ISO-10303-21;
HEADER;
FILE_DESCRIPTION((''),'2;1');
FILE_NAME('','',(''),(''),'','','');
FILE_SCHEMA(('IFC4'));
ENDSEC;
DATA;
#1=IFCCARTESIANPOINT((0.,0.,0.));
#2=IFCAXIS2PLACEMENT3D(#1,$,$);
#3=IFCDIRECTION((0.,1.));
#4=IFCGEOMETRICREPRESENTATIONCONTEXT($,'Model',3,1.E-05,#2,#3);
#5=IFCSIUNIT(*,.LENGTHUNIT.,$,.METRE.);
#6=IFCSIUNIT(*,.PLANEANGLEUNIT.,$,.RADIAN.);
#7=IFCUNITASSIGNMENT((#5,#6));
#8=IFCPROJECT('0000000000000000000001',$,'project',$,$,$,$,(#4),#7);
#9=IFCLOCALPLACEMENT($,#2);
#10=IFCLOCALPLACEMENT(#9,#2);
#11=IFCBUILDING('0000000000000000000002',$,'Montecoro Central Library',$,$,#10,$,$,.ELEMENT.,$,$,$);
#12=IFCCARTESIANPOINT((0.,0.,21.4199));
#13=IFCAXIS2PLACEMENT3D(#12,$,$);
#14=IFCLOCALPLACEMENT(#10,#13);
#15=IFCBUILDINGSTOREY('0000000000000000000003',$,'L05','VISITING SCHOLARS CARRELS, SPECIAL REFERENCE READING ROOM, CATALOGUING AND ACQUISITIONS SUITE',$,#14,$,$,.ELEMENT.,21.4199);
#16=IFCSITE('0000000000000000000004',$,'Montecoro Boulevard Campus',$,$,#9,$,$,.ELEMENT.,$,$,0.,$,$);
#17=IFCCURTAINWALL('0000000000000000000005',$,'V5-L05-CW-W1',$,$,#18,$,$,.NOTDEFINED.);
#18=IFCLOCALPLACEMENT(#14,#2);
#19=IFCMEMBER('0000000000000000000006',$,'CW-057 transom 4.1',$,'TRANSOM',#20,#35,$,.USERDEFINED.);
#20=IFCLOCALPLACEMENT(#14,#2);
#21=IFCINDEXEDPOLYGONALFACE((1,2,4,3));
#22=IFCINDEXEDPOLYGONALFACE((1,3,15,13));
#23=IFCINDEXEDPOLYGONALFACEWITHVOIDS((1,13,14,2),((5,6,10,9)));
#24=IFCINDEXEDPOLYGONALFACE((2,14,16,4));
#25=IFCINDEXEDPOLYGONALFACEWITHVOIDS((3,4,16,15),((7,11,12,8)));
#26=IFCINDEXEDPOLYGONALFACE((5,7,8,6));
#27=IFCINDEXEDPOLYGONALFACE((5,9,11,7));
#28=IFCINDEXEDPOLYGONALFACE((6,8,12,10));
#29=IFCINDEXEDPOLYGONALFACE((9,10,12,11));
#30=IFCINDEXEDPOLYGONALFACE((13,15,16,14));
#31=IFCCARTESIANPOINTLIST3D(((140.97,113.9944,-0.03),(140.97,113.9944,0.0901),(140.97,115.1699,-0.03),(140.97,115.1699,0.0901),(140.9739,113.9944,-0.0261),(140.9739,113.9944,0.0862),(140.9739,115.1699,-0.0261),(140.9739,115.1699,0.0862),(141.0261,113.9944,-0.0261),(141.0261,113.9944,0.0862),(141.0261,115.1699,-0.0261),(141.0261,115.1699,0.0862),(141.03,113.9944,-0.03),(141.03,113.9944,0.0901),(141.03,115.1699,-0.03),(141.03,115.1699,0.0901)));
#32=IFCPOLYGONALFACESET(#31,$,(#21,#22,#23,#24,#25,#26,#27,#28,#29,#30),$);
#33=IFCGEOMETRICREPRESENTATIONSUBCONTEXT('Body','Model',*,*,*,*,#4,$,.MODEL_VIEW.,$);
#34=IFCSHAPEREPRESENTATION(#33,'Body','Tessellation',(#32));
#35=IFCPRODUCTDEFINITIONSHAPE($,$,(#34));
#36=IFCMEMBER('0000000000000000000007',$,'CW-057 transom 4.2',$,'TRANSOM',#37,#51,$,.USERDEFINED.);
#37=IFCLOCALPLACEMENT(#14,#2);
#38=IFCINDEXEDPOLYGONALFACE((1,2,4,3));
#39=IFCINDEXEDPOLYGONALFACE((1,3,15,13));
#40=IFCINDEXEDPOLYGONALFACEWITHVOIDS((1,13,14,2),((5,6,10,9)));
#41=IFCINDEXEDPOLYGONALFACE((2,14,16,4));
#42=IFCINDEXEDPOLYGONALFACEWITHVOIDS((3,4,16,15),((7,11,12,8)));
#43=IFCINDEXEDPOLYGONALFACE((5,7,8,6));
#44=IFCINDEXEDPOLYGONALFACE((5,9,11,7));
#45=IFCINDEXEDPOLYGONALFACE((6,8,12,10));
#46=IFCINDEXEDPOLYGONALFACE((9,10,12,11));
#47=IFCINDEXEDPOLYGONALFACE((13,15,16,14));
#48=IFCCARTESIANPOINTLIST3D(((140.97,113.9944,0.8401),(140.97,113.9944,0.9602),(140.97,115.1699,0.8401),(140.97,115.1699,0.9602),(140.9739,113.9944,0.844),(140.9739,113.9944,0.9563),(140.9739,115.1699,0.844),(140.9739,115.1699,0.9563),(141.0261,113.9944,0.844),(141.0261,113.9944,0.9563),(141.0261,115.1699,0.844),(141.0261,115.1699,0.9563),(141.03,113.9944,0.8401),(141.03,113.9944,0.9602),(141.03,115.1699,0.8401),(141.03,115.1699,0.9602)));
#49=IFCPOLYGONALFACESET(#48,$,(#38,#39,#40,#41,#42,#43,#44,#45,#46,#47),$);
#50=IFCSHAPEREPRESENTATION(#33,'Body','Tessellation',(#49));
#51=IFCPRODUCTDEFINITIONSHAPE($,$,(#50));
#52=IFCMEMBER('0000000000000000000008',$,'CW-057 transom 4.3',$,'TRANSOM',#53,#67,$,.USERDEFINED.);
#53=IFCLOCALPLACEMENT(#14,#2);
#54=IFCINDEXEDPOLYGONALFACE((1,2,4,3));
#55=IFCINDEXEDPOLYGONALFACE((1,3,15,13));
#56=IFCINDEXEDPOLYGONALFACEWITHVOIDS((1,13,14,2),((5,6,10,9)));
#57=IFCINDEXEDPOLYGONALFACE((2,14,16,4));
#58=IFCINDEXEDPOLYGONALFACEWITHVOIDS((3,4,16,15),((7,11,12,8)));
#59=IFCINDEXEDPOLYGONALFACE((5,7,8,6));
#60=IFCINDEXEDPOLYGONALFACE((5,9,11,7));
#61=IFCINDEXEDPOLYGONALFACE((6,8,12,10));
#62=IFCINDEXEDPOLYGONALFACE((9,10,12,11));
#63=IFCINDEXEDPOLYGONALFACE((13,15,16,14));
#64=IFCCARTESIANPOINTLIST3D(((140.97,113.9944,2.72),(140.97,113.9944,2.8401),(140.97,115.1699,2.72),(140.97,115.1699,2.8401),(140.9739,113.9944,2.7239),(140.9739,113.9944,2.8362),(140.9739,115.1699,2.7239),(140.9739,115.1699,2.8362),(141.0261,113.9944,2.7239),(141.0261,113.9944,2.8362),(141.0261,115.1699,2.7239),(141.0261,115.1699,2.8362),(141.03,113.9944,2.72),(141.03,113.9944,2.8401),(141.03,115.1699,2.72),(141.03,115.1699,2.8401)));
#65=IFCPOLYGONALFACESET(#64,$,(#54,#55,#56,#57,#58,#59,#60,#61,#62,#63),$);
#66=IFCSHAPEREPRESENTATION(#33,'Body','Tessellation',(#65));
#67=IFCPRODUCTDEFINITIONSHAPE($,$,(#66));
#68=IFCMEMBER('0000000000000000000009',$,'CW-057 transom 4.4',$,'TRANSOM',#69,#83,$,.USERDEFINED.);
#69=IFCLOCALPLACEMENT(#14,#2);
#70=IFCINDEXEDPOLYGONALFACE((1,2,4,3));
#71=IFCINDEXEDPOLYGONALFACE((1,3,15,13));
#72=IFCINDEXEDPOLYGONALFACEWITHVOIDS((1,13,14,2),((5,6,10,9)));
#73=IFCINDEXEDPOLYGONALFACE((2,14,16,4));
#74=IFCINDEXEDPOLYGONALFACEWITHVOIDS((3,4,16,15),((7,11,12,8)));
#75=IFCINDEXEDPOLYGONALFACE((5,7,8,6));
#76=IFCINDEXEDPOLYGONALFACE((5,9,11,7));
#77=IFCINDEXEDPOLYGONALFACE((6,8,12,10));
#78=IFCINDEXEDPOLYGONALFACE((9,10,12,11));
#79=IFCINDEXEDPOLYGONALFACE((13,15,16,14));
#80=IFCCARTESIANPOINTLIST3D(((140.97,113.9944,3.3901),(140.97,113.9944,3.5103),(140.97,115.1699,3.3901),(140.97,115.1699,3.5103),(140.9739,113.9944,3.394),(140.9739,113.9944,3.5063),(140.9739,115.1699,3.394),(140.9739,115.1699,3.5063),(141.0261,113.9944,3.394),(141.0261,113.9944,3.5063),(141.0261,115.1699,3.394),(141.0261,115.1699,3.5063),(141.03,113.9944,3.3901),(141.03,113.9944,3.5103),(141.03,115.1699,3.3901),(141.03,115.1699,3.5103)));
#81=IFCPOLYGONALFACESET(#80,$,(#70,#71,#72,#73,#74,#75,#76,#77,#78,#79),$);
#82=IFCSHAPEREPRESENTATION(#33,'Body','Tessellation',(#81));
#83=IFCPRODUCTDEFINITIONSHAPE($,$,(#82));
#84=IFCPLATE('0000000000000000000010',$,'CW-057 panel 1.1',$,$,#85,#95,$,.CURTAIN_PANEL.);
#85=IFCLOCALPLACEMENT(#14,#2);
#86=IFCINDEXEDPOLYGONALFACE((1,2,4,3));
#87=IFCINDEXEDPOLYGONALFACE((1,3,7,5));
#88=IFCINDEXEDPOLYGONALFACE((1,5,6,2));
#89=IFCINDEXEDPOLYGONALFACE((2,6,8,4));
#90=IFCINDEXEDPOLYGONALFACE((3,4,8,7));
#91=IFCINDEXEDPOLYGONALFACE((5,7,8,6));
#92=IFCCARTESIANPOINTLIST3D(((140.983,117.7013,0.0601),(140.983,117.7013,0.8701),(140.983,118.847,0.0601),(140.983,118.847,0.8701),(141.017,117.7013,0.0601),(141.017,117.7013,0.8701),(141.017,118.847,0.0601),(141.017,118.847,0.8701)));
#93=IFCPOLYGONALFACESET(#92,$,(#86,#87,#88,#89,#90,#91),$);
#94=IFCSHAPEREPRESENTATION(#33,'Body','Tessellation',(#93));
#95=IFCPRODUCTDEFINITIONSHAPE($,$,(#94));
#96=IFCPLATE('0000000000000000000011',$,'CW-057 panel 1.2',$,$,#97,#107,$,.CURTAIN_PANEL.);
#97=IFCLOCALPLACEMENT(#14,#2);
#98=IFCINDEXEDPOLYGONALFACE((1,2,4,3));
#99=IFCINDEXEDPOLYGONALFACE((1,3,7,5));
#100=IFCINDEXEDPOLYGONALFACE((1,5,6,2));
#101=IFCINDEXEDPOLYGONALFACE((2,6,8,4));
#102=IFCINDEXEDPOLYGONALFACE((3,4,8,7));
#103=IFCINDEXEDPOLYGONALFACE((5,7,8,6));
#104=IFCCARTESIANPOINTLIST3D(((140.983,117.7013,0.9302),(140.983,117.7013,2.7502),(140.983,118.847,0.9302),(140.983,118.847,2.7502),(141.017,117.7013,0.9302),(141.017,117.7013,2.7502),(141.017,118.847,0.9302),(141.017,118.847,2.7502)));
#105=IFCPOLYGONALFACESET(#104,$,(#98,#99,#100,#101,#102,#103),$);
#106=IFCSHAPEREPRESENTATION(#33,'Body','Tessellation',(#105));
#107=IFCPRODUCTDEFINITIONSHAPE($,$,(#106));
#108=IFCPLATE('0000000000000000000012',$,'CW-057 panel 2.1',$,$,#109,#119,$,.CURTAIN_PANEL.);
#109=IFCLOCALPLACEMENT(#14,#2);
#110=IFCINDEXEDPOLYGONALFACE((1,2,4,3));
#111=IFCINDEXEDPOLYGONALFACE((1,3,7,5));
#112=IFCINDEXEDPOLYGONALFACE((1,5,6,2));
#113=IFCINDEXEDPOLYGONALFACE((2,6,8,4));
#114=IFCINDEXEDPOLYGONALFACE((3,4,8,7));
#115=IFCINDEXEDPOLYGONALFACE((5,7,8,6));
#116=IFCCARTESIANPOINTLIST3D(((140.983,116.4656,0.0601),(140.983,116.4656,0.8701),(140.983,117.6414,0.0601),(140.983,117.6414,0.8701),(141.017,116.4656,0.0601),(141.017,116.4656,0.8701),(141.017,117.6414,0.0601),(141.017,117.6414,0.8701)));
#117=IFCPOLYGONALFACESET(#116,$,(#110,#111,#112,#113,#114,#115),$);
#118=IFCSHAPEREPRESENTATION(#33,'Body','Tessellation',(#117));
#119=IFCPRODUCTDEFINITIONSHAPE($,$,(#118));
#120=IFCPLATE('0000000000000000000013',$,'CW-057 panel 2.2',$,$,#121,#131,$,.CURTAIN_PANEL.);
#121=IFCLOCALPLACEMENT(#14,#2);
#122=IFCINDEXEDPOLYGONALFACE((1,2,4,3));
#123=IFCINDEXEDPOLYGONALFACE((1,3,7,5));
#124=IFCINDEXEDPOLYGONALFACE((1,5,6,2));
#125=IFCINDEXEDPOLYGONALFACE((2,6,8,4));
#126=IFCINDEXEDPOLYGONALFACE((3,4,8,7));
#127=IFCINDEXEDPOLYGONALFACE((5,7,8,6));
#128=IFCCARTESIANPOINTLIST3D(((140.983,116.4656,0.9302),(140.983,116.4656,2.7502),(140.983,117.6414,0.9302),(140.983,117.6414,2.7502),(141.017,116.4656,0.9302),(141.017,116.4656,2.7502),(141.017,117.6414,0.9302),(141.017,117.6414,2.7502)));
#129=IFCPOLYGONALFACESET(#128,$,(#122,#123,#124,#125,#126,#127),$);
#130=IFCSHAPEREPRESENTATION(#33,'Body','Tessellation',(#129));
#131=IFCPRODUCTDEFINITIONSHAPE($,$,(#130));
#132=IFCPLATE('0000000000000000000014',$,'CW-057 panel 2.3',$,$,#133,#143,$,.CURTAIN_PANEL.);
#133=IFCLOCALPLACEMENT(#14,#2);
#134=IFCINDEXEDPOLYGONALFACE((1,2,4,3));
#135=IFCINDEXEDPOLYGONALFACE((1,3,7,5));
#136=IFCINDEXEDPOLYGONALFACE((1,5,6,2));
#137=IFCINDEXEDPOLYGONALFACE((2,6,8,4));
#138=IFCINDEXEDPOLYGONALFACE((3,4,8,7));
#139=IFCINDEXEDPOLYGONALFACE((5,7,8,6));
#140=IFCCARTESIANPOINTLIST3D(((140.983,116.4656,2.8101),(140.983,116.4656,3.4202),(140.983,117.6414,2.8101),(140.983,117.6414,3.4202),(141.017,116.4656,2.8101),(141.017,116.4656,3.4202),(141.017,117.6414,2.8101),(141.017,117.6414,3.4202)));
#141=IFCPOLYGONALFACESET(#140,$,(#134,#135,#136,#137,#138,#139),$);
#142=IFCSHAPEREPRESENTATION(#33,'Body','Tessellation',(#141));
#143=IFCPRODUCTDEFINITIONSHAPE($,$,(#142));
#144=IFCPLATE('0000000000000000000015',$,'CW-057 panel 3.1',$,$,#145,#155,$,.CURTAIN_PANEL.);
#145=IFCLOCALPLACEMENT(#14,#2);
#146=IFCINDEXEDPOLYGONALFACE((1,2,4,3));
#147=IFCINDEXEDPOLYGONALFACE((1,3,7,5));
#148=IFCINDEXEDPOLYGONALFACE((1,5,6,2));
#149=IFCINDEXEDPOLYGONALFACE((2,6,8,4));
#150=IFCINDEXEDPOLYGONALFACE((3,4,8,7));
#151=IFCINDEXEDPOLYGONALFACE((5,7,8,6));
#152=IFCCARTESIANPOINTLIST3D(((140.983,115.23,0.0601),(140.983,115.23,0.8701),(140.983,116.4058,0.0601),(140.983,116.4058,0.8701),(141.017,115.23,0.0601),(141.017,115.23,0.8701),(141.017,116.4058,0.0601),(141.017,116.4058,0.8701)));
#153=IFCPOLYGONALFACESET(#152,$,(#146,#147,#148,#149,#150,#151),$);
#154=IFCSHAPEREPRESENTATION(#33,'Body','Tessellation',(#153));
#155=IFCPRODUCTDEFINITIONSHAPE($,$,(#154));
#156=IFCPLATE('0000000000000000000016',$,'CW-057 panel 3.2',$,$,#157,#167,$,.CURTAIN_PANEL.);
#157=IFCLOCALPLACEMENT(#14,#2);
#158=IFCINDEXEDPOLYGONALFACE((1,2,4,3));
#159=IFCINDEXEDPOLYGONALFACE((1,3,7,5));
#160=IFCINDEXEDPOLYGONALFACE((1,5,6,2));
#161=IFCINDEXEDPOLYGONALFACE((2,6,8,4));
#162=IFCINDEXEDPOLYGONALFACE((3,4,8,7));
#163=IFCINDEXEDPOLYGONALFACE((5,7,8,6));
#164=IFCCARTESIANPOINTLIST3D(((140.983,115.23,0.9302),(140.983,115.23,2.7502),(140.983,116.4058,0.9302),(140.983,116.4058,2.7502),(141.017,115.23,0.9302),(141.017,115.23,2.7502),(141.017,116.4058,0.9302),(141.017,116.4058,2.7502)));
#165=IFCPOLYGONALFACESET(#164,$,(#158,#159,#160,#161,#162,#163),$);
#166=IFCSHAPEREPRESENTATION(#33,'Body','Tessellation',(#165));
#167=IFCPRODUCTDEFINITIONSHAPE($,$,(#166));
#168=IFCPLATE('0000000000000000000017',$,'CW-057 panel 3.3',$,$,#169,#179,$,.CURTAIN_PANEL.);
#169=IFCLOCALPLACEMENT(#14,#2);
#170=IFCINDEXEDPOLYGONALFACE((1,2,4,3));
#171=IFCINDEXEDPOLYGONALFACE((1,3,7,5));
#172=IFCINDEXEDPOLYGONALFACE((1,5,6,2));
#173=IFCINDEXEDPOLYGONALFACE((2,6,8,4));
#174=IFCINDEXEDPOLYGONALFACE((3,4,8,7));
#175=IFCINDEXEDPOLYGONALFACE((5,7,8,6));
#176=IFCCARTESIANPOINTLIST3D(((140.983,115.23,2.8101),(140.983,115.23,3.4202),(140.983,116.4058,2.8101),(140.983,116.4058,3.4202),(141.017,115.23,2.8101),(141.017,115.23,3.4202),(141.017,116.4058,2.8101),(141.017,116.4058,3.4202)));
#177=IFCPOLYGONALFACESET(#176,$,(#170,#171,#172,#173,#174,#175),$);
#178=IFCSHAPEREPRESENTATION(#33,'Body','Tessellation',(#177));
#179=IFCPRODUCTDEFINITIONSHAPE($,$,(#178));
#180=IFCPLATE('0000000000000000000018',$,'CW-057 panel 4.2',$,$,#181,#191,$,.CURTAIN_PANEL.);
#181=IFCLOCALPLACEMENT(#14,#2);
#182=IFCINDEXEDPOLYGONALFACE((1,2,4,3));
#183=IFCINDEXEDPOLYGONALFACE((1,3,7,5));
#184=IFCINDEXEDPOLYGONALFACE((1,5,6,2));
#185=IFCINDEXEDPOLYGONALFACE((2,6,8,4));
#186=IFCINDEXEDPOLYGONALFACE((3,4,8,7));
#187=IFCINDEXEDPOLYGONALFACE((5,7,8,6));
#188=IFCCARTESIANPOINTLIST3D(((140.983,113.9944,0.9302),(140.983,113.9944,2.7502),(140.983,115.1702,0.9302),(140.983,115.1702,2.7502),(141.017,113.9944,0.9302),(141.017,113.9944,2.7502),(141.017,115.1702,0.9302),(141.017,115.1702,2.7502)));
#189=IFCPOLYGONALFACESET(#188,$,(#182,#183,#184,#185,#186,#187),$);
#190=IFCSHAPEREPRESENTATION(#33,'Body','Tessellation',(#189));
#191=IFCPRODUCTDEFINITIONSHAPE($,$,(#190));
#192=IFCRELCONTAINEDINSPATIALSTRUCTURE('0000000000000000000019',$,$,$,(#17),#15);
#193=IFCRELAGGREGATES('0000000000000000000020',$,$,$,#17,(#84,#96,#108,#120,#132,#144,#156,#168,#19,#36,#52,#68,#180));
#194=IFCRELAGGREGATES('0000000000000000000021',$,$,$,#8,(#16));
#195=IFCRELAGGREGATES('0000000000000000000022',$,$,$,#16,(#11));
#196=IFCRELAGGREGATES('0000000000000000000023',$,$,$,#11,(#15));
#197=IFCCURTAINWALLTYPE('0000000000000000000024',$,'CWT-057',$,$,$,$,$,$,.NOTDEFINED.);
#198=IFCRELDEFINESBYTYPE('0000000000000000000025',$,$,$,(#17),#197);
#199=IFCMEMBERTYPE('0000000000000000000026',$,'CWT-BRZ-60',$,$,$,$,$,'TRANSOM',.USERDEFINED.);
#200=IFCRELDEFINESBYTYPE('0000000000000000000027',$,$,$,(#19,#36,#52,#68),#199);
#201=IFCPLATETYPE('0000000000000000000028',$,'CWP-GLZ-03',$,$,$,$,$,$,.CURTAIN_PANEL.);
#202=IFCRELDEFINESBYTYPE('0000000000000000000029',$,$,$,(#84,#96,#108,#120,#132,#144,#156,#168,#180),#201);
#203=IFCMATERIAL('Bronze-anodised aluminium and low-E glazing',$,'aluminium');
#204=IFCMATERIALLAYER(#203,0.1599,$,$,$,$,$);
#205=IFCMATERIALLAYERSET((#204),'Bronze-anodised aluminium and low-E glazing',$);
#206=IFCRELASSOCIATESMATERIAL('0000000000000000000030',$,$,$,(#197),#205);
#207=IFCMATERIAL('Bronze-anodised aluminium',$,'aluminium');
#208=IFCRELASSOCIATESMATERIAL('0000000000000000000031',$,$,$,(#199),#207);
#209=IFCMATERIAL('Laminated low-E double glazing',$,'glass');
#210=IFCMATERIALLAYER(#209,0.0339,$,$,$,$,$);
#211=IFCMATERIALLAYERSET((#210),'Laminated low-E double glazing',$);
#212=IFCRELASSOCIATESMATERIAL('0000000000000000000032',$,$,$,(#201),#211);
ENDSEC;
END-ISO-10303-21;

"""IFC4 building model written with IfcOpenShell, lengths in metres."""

from ifc_helpers import new_model, si_unit, direction, frame, origin, origin_2d, place, context, subcontext, project, spatial, rectangle, hollow_rectangle, extrude, material, layer, layer_set, material_profile, profile_set, type_object, element, aggregate, save


model = new_model("IFC4")

# Units and contexts
model_context = context("Model", 3, precision=1e-05, world=origin(), true_north=direction((0.0, 1.0)))
body_context = subcontext(model_context, "Body", "Model", "MODEL_VIEW")
ifc_project = project(units=[si_unit("LENGTHUNIT", "METRE"), si_unit("PLANEANGLEUNIT", "RADIAN")], contexts=[model_context])

# Site, building, storey
site_placement = place(None, origin())
site = spatial("IfcSite", under=ifc_project, at=site_placement, Name="Montecoro Boulevard Campus", CompositionType="ELEMENT", RefElevation=0.0)
building_placement = place(site_placement, origin())
building = spatial("IfcBuilding", under=site, at=building_placement, Name="Montecoro Central Library", CompositionType="ELEMENT")
storey_placement = place(building_placement, frame((0.0, 0.0, 21.4199)))
storey = spatial("IfcBuildingStorey", under=building, at=storey_placement, Name="L05", Description="VISITING SCHOLARS CARRELS, SPECIAL REFERENCE READING ROOM, CATALOGUING AND ACQUISITIONS SUITE", CompositionType="ELEMENT", Elevation=21.4199)

# Curtain wall, members, plates
ifc_material_1 = material(Name="Bronze-anodised aluminium and low-E glazing", Category="aluminium")
ifc_layer_1 = layer(ifc_material_1, 0.1599)
ifc_layer_set_1 = layer_set([ifc_layer_1], Name="Bronze-anodised aluminium and low-E glazing")
curtain_wall_type = type_object("IfcCurtainWallType", Name="CWT-057", PredefinedType="NOTDEFINED", material=ifc_layer_set_1)
curtain_wall_placement = place(storey_placement, origin())
curtain_wall = element("IfcCurtainWall", 1, at=curtain_wall_placement, inside=storey, type_object=curtain_wall_type, Name="V5-L05-CW-W1", PredefinedType="NOTDEFINED")
ifc_material_2 = material(Name="Bronze-anodised aluminium", Category="aluminium")
ifc_material_profile_1 = material_profile(ifc_material_2, hollow_rectangle(XDim=0.0601, YDim=0.1201, WallThickness=0.0039, at=origin_2d()), Name="CWT 120x60x4.0")
ifc_profile_set_1 = profile_set([ifc_material_profile_1], Name="Bronze-anodised aluminium")
member_type_1 = type_object("IfcMemberType", Name="CWT-BRZ-60", ElementType="TRANSOM", PredefinedType="USERDEFINED", material=ifc_profile_set_1)
member_1_placement = place(storey_placement, frame((141.0, 115.1699, 0.03), z_axis=(0.0, -1.0, 0.0), x_axis=(1.0, 0.0, 0.0)))
member_1 = element("IfcMember", 2, at=member_1_placement, type_object=member_type_1, Name="CW-057 transom 4.1", ObjectType="TRANSOM", PredefinedType="USERDEFINED", context=body_context, shape_type="SweptSolid", body=[
    extrude(hollow_rectangle(XDim=0.0601, YDim=0.1201, WallThickness=0.0039, at=origin_2d()), origin(), (0.0, 0.0, 1.0), 1.1755),
])
member_2_placement = place(storey_placement, frame((141.0, 115.1699, 0.9001), z_axis=(0.0, -1.0, 0.0), x_axis=(1.0, 0.0, 0.0)))
member_2 = element("IfcMember", 3, at=member_2_placement, type_object=member_type_1, Name="CW-057 transom 4.2", ObjectType="TRANSOM", PredefinedType="USERDEFINED", context=body_context, shape_type="SweptSolid", body=[
    extrude(hollow_rectangle(XDim=0.0601, YDim=0.1201, WallThickness=0.0039, at=origin_2d()), origin(), (0.0, 0.0, 1.0), 1.1755),
])
member_3_placement = place(storey_placement, frame((141.0, 115.1699, 2.78), z_axis=(0.0, -1.0, 0.0), x_axis=(1.0, 0.0, 0.0)))
member_3 = element("IfcMember", 4, at=member_3_placement, type_object=member_type_1, Name="CW-057 transom 4.3", ObjectType="TRANSOM", PredefinedType="USERDEFINED", context=body_context, shape_type="SweptSolid", body=[
    extrude(hollow_rectangle(XDim=0.0601, YDim=0.1201, WallThickness=0.0039, at=origin_2d()), origin(), (0.0, 0.0, 1.0), 1.1755),
])
member_4_placement = place(storey_placement, frame((141.0, 115.1699, 3.4502), z_axis=(0.0, -1.0, 0.0), x_axis=(1.0, 0.0, 0.0)))
member_4 = element("IfcMember", 5, at=member_4_placement, type_object=member_type_1, Name="CW-057 transom 4.4", ObjectType="TRANSOM", PredefinedType="USERDEFINED", context=body_context, shape_type="SweptSolid", body=[
    extrude(hollow_rectangle(XDim=0.0601, YDim=0.1201, WallThickness=0.0039, at=origin_2d()), origin(), (0.0, 0.0, 1.0), 1.1755),
])
ifc_material_3 = material(Name="Laminated low-E double glazing", Category="glass")
ifc_layer_2 = layer(ifc_material_3, 0.0339)
ifc_layer_set_2 = layer_set([ifc_layer_2], Name="Laminated low-E double glazing")
plate_type = type_object("IfcPlateType", Name="CWP-GLZ-03", PredefinedType="CURTAIN_PANEL", material=ifc_layer_set_2)
plate_1_placement = place(storey_placement, frame((141.0, 118.2742, 0.0601), z_axis=(0.0, 0.0, 1.0), x_axis=(0.0, -1.0, 0.0)))
plate_1 = element("IfcPlate", 6, at=plate_1_placement, type_object=plate_type, Name="CW-057 panel 1.1", PredefinedType="CURTAIN_PANEL", context=body_context, shape_type="SweptSolid", body=[
    extrude(rectangle(XDim=1.1458, YDim=0.0339, at=origin_2d()), origin(), (0.0, 0.0, 1.0), 0.8101),
])
plate_2_placement = place(storey_placement, frame((141.0, 118.2742, 0.9302), z_axis=(0.0, 0.0, 1.0), x_axis=(0.0, -1.0, 0.0)))
plate_2 = element("IfcPlate", 7, at=plate_2_placement, type_object=plate_type, Name="CW-057 panel 1.2", PredefinedType="CURTAIN_PANEL", context=body_context, shape_type="SweptSolid", body=[
    extrude(rectangle(XDim=1.1458, YDim=0.0339, at=origin_2d()), origin(), (0.0, 0.0, 1.0), 1.8201),
])
plate_3_placement = place(storey_placement, frame((141.0, 117.0535, 0.0601), z_axis=(0.0, 0.0, 1.0), x_axis=(0.0, -1.0, 0.0)))
plate_3 = element("IfcPlate", 8, at=plate_3_placement, type_object=plate_type, Name="CW-057 panel 2.1", PredefinedType="CURTAIN_PANEL", context=body_context, shape_type="SweptSolid", body=[
    extrude(rectangle(XDim=1.1758, YDim=0.0339, at=origin_2d()), origin(), (0.0, 0.0, 1.0), 0.8101),
])
plate_4_placement = place(storey_placement, frame((141.0, 117.0535, 0.9302), z_axis=(0.0, 0.0, 1.0), x_axis=(0.0, -1.0, 0.0)))
plate_4 = element("IfcPlate", 9, at=plate_4_placement, type_object=plate_type, Name="CW-057 panel 2.2", PredefinedType="CURTAIN_PANEL", context=body_context, shape_type="SweptSolid", body=[
    extrude(rectangle(XDim=1.1758, YDim=0.0339, at=origin_2d()), origin(), (0.0, 0.0, 1.0), 1.8201),
])
plate_5_placement = place(storey_placement, frame((141.0, 117.0535, 2.8101), z_axis=(0.0, 0.0, 1.0), x_axis=(0.0, -1.0, 0.0)))
plate_5 = element("IfcPlate", 10, at=plate_5_placement, type_object=plate_type, Name="CW-057 panel 2.3", PredefinedType="CURTAIN_PANEL", context=body_context, shape_type="SweptSolid", body=[
    extrude(rectangle(XDim=1.1758, YDim=0.0339, at=origin_2d()), origin(), (0.0, 0.0, 1.0), 0.6101),
])
plate_6_placement = place(storey_placement, frame((141.0, 115.8179, 0.0601), z_axis=(0.0, 0.0, 1.0), x_axis=(0.0, -1.0, 0.0)))
plate_6 = element("IfcPlate", 11, at=plate_6_placement, type_object=plate_type, Name="CW-057 panel 3.1", PredefinedType="CURTAIN_PANEL", context=body_context, shape_type="SweptSolid", body=[
    extrude(rectangle(XDim=1.1758, YDim=0.0339, at=origin_2d()), origin(), (0.0, 0.0, 1.0), 0.8101),
])
plate_7_placement = place(storey_placement, frame((141.0, 115.8179, 0.9302), z_axis=(0.0, 0.0, 1.0), x_axis=(0.0, -1.0, 0.0)))
plate_7 = element("IfcPlate", 12, at=plate_7_placement, type_object=plate_type, Name="CW-057 panel 3.2", PredefinedType="CURTAIN_PANEL", context=body_context, shape_type="SweptSolid", body=[
    extrude(rectangle(XDim=1.1758, YDim=0.0339, at=origin_2d()), origin(), (0.0, 0.0, 1.0), 1.8201),
])
plate_8_placement = place(storey_placement, frame((141.0, 115.8179, 2.8101), z_axis=(0.0, 0.0, 1.0), x_axis=(0.0, -1.0, 0.0)))
plate_8 = element("IfcPlate", 13, at=plate_8_placement, type_object=plate_type, Name="CW-057 panel 3.3", PredefinedType="CURTAIN_PANEL", context=body_context, shape_type="SweptSolid", body=[
    extrude(rectangle(XDim=1.1758, YDim=0.0339, at=origin_2d()), origin(), (0.0, 0.0, 1.0), 0.6101),
])
plate_9_placement = place(storey_placement, frame((141.0, 114.5823, 0.9302), z_axis=(0.0, 0.0, 1.0), x_axis=(0.0, -1.0, 0.0)))
plate_9 = element("IfcPlate", 14, at=plate_9_placement, type_object=plate_type, Name="CW-057 panel 4.2", PredefinedType="CURTAIN_PANEL", context=body_context, shape_type="SweptSolid", body=[
    extrude(rectangle(XDim=1.1758, YDim=0.0339, at=origin_2d()), origin(), (0.0, 0.0, 1.0), 1.8201),
])
aggregate(curtain_wall, [plate_1, plate_2, plate_3, plate_4, plate_5, plate_6, plate_7, plate_8, member_1, member_2, member_3, member_4, plate_9])

save(model, "model.ifc")
